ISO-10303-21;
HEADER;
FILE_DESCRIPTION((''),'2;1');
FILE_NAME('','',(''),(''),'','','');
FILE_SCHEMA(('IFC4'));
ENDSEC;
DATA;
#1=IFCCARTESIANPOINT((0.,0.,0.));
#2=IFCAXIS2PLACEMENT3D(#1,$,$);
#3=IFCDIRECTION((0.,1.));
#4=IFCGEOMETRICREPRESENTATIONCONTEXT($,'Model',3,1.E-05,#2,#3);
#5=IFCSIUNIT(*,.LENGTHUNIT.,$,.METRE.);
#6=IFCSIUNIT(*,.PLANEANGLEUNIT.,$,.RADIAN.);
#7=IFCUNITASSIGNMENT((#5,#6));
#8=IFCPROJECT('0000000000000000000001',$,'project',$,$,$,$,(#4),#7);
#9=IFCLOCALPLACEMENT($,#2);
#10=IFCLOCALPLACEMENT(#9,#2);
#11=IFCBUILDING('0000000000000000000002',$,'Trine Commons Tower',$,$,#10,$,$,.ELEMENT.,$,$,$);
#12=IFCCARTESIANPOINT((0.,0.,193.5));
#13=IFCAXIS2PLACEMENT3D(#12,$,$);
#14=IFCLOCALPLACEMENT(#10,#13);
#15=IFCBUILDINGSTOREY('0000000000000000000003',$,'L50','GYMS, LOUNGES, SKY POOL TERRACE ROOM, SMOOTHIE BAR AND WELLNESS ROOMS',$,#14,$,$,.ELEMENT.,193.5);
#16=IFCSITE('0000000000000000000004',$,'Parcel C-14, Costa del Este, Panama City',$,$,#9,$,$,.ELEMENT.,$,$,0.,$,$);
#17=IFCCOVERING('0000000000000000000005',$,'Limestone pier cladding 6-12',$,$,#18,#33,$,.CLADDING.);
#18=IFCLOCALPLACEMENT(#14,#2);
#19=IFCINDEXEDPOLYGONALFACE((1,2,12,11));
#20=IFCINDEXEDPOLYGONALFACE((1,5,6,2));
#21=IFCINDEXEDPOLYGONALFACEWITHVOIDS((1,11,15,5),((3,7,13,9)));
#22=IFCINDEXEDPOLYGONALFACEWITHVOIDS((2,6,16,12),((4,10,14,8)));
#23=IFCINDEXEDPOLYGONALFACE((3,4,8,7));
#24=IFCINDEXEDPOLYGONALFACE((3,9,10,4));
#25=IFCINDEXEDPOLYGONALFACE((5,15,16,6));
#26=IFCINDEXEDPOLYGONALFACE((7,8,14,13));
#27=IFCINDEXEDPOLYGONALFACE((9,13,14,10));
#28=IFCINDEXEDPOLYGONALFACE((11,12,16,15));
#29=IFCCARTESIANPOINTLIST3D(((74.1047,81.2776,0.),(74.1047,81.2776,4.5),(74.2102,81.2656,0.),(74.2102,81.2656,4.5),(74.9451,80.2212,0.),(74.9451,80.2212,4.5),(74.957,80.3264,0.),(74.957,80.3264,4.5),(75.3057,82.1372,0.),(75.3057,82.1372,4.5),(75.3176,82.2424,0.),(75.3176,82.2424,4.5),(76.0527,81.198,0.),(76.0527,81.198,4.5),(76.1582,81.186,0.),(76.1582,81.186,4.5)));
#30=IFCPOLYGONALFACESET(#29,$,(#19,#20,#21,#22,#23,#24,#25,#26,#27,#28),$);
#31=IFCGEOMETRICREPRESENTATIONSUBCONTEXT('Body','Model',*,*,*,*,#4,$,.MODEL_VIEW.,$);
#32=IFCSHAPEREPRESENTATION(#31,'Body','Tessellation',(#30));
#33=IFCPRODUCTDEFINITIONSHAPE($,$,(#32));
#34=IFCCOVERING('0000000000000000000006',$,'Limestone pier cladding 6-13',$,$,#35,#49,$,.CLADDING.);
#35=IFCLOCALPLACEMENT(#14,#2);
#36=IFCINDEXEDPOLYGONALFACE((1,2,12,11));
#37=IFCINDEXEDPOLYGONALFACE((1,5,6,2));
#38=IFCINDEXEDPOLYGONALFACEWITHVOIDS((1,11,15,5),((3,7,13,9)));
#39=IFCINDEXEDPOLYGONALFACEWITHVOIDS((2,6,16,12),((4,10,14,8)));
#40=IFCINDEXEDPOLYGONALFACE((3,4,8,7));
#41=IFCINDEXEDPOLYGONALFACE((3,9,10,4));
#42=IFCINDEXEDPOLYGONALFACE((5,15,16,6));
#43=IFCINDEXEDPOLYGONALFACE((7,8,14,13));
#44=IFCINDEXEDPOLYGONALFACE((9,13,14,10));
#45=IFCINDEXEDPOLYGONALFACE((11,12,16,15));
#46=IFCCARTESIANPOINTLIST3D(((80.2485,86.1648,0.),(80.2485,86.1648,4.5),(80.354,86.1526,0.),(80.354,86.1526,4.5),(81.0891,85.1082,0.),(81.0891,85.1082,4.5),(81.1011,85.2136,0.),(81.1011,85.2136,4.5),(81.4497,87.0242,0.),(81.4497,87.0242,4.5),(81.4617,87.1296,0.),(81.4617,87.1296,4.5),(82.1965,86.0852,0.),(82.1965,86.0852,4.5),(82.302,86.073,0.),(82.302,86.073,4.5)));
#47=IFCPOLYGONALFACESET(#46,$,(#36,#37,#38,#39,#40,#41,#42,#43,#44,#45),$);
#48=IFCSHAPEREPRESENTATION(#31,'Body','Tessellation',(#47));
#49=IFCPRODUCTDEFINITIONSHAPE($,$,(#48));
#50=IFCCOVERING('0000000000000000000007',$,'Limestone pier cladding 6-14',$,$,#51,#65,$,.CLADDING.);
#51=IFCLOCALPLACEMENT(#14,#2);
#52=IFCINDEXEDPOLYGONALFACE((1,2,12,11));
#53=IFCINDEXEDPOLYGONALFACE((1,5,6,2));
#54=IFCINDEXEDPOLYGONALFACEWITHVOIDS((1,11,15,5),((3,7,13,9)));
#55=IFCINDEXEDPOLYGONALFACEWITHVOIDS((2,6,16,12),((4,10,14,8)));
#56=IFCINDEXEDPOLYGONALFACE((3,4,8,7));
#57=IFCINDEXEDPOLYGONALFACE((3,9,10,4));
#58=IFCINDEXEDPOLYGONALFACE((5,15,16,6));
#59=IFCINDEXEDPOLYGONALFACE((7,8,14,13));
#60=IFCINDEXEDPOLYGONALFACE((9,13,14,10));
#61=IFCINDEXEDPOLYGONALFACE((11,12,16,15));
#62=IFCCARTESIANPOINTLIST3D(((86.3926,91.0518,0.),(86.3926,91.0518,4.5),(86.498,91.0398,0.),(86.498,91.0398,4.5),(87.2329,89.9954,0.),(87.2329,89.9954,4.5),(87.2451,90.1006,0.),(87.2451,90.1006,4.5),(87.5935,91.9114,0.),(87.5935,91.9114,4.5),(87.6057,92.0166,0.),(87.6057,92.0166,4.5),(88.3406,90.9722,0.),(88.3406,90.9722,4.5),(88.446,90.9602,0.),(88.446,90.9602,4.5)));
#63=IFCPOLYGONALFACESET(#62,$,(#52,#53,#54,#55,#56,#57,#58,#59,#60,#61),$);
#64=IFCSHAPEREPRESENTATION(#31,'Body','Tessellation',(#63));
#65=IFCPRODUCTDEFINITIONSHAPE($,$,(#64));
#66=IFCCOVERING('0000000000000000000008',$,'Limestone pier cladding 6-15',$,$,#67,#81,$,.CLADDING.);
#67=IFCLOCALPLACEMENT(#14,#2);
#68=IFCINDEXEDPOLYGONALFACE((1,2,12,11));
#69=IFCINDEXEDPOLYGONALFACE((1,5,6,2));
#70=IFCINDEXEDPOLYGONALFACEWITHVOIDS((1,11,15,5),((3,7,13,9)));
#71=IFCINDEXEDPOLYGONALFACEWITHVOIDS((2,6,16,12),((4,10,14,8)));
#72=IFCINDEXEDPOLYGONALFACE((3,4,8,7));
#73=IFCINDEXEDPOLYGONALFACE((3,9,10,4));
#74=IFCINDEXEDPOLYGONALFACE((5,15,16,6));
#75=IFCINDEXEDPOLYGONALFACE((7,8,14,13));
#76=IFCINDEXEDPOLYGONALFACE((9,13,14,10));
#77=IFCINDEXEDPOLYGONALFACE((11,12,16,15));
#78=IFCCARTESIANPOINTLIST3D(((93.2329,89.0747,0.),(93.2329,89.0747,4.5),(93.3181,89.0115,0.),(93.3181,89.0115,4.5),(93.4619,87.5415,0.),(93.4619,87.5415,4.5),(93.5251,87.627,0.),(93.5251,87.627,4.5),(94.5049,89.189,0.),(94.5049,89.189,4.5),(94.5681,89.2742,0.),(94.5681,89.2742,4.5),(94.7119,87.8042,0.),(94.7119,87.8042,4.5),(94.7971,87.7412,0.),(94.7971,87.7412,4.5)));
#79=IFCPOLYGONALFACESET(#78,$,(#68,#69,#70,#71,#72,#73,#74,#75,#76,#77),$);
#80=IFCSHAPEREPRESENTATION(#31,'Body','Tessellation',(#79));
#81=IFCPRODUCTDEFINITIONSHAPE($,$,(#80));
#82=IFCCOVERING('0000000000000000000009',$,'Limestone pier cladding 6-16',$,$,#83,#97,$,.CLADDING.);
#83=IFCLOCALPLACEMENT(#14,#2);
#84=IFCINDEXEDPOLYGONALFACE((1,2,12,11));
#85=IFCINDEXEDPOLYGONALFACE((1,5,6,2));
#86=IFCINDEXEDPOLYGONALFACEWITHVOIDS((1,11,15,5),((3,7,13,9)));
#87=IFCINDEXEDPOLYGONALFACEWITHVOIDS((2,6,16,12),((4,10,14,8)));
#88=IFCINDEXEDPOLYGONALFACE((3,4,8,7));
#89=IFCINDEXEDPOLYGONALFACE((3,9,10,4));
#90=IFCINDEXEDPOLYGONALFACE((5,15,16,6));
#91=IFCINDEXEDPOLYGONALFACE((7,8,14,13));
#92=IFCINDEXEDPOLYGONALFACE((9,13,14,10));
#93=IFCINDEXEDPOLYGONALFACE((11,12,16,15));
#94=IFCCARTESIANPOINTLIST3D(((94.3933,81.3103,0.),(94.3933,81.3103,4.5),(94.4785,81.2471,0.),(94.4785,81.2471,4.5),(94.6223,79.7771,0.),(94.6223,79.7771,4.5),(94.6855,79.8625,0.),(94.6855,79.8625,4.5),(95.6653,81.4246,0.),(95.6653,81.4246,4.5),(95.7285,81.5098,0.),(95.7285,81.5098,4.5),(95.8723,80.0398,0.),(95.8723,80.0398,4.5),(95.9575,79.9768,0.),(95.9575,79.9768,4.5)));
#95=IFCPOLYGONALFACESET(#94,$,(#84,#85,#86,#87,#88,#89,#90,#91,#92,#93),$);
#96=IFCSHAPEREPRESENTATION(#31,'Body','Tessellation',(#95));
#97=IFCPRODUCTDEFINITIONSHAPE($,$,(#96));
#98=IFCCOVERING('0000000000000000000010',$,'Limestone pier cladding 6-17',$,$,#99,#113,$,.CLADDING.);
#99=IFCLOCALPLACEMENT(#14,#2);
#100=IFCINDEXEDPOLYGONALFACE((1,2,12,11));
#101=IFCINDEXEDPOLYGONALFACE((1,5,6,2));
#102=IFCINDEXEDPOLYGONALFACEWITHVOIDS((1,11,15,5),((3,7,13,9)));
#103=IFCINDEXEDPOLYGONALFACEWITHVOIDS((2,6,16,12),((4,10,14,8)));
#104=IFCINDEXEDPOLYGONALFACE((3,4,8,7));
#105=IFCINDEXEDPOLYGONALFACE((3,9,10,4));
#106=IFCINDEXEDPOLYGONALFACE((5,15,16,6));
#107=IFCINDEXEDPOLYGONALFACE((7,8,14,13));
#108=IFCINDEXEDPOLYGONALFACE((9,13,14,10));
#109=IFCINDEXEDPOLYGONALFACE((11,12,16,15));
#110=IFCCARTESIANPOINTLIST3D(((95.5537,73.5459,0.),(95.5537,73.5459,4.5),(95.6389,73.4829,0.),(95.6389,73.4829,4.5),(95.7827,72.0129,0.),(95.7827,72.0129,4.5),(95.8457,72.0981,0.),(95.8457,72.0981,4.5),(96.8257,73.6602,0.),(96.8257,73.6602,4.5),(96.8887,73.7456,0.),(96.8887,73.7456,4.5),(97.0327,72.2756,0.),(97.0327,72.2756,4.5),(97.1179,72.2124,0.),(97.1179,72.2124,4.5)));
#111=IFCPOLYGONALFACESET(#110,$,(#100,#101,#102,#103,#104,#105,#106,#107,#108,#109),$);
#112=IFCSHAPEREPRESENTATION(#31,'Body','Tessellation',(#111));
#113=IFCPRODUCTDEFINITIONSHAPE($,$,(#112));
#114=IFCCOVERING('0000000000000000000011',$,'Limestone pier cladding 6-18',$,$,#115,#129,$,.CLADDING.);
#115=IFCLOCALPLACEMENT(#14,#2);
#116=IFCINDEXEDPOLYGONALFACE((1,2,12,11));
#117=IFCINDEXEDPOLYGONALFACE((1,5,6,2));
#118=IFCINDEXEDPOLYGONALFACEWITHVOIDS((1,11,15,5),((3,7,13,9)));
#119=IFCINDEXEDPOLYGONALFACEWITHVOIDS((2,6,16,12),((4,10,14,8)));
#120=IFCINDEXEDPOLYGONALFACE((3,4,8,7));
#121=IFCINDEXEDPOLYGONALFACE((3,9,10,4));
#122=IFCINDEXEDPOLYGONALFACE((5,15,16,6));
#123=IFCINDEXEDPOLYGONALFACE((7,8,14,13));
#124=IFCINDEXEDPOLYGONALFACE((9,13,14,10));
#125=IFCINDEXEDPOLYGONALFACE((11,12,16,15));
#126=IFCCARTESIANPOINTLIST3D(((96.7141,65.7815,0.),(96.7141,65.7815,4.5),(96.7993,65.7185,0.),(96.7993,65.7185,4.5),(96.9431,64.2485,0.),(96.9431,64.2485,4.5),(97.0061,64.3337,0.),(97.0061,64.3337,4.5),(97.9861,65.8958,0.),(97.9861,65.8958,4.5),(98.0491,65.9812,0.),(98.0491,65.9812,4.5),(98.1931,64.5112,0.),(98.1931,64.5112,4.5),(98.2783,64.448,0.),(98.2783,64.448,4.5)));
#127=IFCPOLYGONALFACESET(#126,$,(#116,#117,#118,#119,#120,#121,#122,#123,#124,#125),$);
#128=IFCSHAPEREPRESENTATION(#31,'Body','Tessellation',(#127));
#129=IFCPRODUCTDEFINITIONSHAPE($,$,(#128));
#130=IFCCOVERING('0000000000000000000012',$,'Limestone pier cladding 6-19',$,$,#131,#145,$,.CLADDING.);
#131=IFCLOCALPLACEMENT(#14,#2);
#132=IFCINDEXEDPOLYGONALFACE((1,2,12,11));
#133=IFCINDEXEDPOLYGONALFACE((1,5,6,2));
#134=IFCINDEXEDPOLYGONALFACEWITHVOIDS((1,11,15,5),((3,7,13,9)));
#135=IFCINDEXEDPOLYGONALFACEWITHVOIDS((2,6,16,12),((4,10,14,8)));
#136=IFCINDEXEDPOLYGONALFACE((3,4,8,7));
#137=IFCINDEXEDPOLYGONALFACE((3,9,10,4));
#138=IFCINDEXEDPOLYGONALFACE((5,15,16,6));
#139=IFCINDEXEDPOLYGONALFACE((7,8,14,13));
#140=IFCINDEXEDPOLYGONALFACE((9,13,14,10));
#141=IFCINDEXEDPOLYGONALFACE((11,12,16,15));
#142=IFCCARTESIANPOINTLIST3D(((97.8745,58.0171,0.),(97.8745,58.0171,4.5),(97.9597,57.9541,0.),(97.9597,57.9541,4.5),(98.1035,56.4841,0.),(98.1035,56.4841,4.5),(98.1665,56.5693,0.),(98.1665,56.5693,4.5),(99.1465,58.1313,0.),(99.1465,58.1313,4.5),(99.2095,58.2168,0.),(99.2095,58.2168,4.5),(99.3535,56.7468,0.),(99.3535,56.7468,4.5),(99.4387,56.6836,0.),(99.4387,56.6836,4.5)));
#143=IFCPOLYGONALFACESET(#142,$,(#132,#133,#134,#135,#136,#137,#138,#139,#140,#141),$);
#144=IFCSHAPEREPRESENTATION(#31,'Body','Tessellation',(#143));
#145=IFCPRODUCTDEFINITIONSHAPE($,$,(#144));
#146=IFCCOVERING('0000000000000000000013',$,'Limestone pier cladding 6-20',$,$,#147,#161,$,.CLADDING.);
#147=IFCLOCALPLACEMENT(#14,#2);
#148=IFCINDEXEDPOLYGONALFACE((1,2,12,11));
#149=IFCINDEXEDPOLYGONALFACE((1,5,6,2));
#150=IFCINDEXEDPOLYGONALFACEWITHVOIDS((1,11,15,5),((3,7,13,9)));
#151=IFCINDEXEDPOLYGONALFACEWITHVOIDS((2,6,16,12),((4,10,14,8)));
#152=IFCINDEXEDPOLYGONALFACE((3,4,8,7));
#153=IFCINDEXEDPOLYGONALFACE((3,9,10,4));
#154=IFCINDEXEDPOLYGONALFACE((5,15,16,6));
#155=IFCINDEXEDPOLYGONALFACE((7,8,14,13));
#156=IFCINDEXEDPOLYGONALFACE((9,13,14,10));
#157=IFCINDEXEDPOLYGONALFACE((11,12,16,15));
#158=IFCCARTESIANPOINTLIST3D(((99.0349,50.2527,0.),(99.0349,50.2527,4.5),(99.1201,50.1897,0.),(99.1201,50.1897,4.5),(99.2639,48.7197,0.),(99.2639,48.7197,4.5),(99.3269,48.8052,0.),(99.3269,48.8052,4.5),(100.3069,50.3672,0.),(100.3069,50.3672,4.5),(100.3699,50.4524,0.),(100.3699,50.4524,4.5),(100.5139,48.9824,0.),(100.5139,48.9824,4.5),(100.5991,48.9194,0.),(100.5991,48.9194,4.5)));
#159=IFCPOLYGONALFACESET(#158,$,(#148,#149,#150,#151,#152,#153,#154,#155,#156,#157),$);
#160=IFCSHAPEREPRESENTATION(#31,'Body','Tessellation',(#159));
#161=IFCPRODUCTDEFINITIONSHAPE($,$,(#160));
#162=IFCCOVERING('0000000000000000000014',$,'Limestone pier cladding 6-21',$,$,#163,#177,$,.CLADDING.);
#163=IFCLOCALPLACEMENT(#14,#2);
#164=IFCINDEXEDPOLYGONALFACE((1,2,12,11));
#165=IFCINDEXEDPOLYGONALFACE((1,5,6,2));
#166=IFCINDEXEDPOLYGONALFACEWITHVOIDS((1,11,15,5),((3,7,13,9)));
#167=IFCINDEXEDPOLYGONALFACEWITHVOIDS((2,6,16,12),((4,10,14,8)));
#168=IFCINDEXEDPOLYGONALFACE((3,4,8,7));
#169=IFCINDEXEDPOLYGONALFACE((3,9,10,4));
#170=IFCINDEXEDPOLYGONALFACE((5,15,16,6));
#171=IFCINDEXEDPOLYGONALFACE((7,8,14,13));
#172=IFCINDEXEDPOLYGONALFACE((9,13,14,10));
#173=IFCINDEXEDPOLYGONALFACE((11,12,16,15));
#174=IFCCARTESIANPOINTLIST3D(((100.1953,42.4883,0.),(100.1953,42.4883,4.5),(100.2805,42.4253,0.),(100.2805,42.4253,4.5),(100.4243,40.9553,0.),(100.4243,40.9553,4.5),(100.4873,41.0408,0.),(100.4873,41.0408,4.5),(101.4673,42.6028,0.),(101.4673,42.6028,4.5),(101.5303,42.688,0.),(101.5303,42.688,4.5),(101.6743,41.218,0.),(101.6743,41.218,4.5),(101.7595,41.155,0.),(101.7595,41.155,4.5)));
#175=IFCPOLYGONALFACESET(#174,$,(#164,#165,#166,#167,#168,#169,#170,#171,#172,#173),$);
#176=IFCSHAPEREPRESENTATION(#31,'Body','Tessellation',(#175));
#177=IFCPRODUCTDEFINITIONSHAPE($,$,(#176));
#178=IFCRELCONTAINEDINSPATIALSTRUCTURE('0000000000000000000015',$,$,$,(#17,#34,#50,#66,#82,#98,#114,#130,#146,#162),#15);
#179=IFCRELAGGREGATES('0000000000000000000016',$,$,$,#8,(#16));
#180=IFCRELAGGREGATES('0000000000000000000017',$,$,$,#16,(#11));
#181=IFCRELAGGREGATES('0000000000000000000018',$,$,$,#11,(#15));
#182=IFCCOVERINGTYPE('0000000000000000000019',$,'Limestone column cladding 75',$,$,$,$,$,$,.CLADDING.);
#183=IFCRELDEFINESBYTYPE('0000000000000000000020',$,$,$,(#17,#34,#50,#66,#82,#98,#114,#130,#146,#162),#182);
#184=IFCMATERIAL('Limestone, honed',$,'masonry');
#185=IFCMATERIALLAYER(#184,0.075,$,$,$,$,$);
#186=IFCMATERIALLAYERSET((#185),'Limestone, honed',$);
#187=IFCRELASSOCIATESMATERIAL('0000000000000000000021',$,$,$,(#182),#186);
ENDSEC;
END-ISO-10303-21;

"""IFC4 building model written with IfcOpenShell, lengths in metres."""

from ifc_helpers import new_model, si_unit, direction, frame, origin, place, context, subcontext, project, spatial, polyline, outline, extrude, material, layer, layer_set, type_object, element, save


model = new_model("IFC4")

# Units and contexts
model_context = context("Model", 3, precision=1e-05, world=origin(), true_north=direction((0.0, 1.0)))
body_context = subcontext(model_context, "Body", "Model", "MODEL_VIEW")
ifc_project = project(units=[si_unit("LENGTHUNIT", "METRE"), si_unit("PLANEANGLEUNIT", "RADIAN")], contexts=[model_context])

# Site, building, storey
site_placement = place(None, origin())
site = spatial("IfcSite", under=ifc_project, at=site_placement, Name="Parcel C-14, Costa del Este, Panama City", CompositionType="ELEMENT", RefElevation=0.0)
building_placement = place(site_placement, origin())
building = spatial("IfcBuilding", under=site, at=building_placement, Name="Trine Commons Tower", CompositionType="ELEMENT")
storey_placement = place(building_placement, frame((0.0, 0.0, 193.5)))
storey = spatial("IfcBuildingStorey", under=building, at=storey_placement, Name="L50", Description="GYMS, LOUNGES, SKY POOL TERRACE ROOM, SMOOTHIE BAR AND WELLNESS ROOMS", CompositionType="ELEMENT", Elevation=193.5)

# Coverings
ifc_material_1 = material(Name="Limestone, honed", Category="masonry")
ifc_layer_1 = layer(ifc_material_1, 0.075)
ifc_layer_set_1 = layer_set([ifc_layer_1], Name="Limestone, honed")
covering_type_1 = type_object("IfcCoveringType", Name="Limestone column cladding 75", PredefinedType="CLADDING", material=ifc_layer_set_1)
covering_1_placement = place(storey_placement, origin())
element("IfcCovering", 1, at=covering_1_placement, inside=storey, type_object=covering_type_1, Name="Limestone pier cladding 6-12", PredefinedType="CLADDING", context=body_context, shape_type="SweptSolid", body=[
    extrude(outline(polyline([(76.1582, 81.186), (75.3176, 82.2424), (74.1047, 81.2776), (74.9451, 80.2212), (76.1582, 81.186)]), holes=[polyline([(76.0527, 81.198), (75.3057, 82.1372), (74.2102, 81.2656), (74.957, 80.3264), (76.0527, 81.198)])]), origin(), (0.0, 0.0, 1.0), 4.5),
])
covering_2_placement = place(storey_placement, origin())
element("IfcCovering", 2, at=covering_2_placement, inside=storey, type_object=covering_type_1, Name="Limestone pier cladding 6-13", PredefinedType="CLADDING", context=body_context, shape_type="SweptSolid", body=[
    extrude(outline(polyline([(82.302, 86.073), (81.4617, 87.1296), (80.2485, 86.1648), (81.0891, 85.1082), (82.302, 86.073)]), holes=[polyline([(82.1965, 86.0852), (81.4497, 87.0242), (80.354, 86.1526), (81.1011, 85.2136), (82.1965, 86.0852)])]), origin(), (0.0, 0.0, 1.0), 4.5),
])
covering_3_placement = place(storey_placement, origin())
element("IfcCovering", 3, at=covering_3_placement, inside=storey, type_object=covering_type_1, Name="Limestone pier cladding 6-14", PredefinedType="CLADDING", context=body_context, shape_type="SweptSolid", body=[
    extrude(outline(polyline([(88.446, 90.9602), (87.6057, 92.0166), (86.3926, 91.0518), (87.2329, 89.9954), (88.446, 90.9602)]), holes=[polyline([(88.3406, 90.9722), (87.5935, 91.9114), (86.498, 91.0398), (87.2451, 90.1006), (88.3406, 90.9722)])]), origin(), (0.0, 0.0, 1.0), 4.5),
])
covering_4_placement = place(storey_placement, origin())
element("IfcCovering", 4, at=covering_4_placement, inside=storey, type_object=covering_type_1, Name="Limestone pier cladding 6-15", PredefinedType="CLADDING", context=body_context, shape_type="SweptSolid", body=[
    extrude(outline(polyline([(94.5681, 89.2742), (93.2329, 89.0747), (93.4619, 87.5415), (94.7971, 87.7412), (94.5681, 89.2742)]), holes=[polyline([(94.5049, 89.189), (93.3181, 89.0115), (93.5251, 87.627), (94.7119, 87.8042), (94.5049, 89.189)])]), origin(), (0.0, 0.0, 1.0), 4.5),
])
covering_5_placement = place(storey_placement, origin())
element("IfcCovering", 5, at=covering_5_placement, inside=storey, type_object=covering_type_1, Name="Limestone pier cladding 6-16", PredefinedType="CLADDING", context=body_context, shape_type="SweptSolid", body=[
    extrude(outline(polyline([(95.7285, 81.5098), (94.3933, 81.3103), (94.6223, 79.7771), (95.9575, 79.9768), (95.7285, 81.5098)]), holes=[polyline([(95.6653, 81.4246), (94.4785, 81.2471), (94.6855, 79.8625), (95.8723, 80.0398), (95.6653, 81.4246)])]), origin(), (0.0, 0.0, 1.0), 4.5),
])
covering_6_placement = place(storey_placement, origin())
element("IfcCovering", 6, at=covering_6_placement, inside=storey, type_object=covering_type_1, Name="Limestone pier cladding 6-17", PredefinedType="CLADDING", context=body_context, shape_type="SweptSolid", body=[
    extrude(outline(polyline([(96.8887, 73.7456), (95.5537, 73.5459), (95.7827, 72.0129), (97.1179, 72.2124), (96.8887, 73.7456)]), holes=[polyline([(96.8257, 73.6602), (95.6389, 73.4829), (95.8457, 72.0981), (97.0327, 72.2756), (96.8257, 73.6602)])]), origin(), (0.0, 0.0, 1.0), 4.5),
])
covering_7_placement = place(storey_placement, origin())
element("IfcCovering", 7, at=covering_7_placement, inside=storey, type_object=covering_type_1, Name="Limestone pier cladding 6-18", PredefinedType="CLADDING", context=body_context, shape_type="SweptSolid", body=[
    extrude(outline(polyline([(98.0491, 65.9812), (96.7141, 65.7815), (96.9431, 64.2485), (98.2783, 64.448), (98.0491, 65.9812)]), holes=[polyline([(97.9861, 65.8958), (96.7993, 65.7185), (97.0061, 64.3337), (98.1931, 64.5112), (97.9861, 65.8958)])]), origin(), (0.0, 0.0, 1.0), 4.5),
])
covering_8_placement = place(storey_placement, origin())
element("IfcCovering", 8, at=covering_8_placement, inside=storey, type_object=covering_type_1, Name="Limestone pier cladding 6-19", PredefinedType="CLADDING", context=body_context, shape_type="SweptSolid", body=[
    extrude(outline(polyline([(99.2095, 58.2168), (97.8745, 58.0171), (98.1035, 56.4841), (99.4387, 56.6836), (99.2095, 58.2168)]), holes=[polyline([(99.1465, 58.1313), (97.9597, 57.9541), (98.1665, 56.5693), (99.3535, 56.7468), (99.1465, 58.1313)])]), origin(), (0.0, 0.0, 1.0), 4.5),
])
covering_9_placement = place(storey_placement, origin())
element("IfcCovering", 9, at=covering_9_placement, inside=storey, type_object=covering_type_1, Name="Limestone pier cladding 6-20", PredefinedType="CLADDING", context=body_context, shape_type="SweptSolid", body=[
    extrude(outline(polyline([(100.3699, 50.4524), (99.0349, 50.2527), (99.2639, 48.7197), (100.5991, 48.9194), (100.3699, 50.4524)]), holes=[polyline([(100.3069, 50.3672), (99.1201, 50.1897), (99.3269, 48.8052), (100.5139, 48.9824), (100.3069, 50.3672)])]), origin(), (0.0, 0.0, 1.0), 4.5),
])
covering_10_placement = place(storey_placement, origin())
element("IfcCovering", 10, at=covering_10_placement, inside=storey, type_object=covering_type_1, Name="Limestone pier cladding 6-21", PredefinedType="CLADDING", context=body_context, shape_type="SweptSolid", body=[
    extrude(outline(polyline([(101.5303, 42.688), (100.1953, 42.4883), (100.4243, 40.9553), (101.7595, 41.155), (101.5303, 42.688)]), holes=[polyline([(101.4673, 42.6028), (100.2805, 42.4253), (100.4873, 41.0408), (101.6743, 41.218), (101.4673, 42.6028)])]), origin(), (0.0, 0.0, 1.0), 4.5),
])

save(model, "model.ifc")
